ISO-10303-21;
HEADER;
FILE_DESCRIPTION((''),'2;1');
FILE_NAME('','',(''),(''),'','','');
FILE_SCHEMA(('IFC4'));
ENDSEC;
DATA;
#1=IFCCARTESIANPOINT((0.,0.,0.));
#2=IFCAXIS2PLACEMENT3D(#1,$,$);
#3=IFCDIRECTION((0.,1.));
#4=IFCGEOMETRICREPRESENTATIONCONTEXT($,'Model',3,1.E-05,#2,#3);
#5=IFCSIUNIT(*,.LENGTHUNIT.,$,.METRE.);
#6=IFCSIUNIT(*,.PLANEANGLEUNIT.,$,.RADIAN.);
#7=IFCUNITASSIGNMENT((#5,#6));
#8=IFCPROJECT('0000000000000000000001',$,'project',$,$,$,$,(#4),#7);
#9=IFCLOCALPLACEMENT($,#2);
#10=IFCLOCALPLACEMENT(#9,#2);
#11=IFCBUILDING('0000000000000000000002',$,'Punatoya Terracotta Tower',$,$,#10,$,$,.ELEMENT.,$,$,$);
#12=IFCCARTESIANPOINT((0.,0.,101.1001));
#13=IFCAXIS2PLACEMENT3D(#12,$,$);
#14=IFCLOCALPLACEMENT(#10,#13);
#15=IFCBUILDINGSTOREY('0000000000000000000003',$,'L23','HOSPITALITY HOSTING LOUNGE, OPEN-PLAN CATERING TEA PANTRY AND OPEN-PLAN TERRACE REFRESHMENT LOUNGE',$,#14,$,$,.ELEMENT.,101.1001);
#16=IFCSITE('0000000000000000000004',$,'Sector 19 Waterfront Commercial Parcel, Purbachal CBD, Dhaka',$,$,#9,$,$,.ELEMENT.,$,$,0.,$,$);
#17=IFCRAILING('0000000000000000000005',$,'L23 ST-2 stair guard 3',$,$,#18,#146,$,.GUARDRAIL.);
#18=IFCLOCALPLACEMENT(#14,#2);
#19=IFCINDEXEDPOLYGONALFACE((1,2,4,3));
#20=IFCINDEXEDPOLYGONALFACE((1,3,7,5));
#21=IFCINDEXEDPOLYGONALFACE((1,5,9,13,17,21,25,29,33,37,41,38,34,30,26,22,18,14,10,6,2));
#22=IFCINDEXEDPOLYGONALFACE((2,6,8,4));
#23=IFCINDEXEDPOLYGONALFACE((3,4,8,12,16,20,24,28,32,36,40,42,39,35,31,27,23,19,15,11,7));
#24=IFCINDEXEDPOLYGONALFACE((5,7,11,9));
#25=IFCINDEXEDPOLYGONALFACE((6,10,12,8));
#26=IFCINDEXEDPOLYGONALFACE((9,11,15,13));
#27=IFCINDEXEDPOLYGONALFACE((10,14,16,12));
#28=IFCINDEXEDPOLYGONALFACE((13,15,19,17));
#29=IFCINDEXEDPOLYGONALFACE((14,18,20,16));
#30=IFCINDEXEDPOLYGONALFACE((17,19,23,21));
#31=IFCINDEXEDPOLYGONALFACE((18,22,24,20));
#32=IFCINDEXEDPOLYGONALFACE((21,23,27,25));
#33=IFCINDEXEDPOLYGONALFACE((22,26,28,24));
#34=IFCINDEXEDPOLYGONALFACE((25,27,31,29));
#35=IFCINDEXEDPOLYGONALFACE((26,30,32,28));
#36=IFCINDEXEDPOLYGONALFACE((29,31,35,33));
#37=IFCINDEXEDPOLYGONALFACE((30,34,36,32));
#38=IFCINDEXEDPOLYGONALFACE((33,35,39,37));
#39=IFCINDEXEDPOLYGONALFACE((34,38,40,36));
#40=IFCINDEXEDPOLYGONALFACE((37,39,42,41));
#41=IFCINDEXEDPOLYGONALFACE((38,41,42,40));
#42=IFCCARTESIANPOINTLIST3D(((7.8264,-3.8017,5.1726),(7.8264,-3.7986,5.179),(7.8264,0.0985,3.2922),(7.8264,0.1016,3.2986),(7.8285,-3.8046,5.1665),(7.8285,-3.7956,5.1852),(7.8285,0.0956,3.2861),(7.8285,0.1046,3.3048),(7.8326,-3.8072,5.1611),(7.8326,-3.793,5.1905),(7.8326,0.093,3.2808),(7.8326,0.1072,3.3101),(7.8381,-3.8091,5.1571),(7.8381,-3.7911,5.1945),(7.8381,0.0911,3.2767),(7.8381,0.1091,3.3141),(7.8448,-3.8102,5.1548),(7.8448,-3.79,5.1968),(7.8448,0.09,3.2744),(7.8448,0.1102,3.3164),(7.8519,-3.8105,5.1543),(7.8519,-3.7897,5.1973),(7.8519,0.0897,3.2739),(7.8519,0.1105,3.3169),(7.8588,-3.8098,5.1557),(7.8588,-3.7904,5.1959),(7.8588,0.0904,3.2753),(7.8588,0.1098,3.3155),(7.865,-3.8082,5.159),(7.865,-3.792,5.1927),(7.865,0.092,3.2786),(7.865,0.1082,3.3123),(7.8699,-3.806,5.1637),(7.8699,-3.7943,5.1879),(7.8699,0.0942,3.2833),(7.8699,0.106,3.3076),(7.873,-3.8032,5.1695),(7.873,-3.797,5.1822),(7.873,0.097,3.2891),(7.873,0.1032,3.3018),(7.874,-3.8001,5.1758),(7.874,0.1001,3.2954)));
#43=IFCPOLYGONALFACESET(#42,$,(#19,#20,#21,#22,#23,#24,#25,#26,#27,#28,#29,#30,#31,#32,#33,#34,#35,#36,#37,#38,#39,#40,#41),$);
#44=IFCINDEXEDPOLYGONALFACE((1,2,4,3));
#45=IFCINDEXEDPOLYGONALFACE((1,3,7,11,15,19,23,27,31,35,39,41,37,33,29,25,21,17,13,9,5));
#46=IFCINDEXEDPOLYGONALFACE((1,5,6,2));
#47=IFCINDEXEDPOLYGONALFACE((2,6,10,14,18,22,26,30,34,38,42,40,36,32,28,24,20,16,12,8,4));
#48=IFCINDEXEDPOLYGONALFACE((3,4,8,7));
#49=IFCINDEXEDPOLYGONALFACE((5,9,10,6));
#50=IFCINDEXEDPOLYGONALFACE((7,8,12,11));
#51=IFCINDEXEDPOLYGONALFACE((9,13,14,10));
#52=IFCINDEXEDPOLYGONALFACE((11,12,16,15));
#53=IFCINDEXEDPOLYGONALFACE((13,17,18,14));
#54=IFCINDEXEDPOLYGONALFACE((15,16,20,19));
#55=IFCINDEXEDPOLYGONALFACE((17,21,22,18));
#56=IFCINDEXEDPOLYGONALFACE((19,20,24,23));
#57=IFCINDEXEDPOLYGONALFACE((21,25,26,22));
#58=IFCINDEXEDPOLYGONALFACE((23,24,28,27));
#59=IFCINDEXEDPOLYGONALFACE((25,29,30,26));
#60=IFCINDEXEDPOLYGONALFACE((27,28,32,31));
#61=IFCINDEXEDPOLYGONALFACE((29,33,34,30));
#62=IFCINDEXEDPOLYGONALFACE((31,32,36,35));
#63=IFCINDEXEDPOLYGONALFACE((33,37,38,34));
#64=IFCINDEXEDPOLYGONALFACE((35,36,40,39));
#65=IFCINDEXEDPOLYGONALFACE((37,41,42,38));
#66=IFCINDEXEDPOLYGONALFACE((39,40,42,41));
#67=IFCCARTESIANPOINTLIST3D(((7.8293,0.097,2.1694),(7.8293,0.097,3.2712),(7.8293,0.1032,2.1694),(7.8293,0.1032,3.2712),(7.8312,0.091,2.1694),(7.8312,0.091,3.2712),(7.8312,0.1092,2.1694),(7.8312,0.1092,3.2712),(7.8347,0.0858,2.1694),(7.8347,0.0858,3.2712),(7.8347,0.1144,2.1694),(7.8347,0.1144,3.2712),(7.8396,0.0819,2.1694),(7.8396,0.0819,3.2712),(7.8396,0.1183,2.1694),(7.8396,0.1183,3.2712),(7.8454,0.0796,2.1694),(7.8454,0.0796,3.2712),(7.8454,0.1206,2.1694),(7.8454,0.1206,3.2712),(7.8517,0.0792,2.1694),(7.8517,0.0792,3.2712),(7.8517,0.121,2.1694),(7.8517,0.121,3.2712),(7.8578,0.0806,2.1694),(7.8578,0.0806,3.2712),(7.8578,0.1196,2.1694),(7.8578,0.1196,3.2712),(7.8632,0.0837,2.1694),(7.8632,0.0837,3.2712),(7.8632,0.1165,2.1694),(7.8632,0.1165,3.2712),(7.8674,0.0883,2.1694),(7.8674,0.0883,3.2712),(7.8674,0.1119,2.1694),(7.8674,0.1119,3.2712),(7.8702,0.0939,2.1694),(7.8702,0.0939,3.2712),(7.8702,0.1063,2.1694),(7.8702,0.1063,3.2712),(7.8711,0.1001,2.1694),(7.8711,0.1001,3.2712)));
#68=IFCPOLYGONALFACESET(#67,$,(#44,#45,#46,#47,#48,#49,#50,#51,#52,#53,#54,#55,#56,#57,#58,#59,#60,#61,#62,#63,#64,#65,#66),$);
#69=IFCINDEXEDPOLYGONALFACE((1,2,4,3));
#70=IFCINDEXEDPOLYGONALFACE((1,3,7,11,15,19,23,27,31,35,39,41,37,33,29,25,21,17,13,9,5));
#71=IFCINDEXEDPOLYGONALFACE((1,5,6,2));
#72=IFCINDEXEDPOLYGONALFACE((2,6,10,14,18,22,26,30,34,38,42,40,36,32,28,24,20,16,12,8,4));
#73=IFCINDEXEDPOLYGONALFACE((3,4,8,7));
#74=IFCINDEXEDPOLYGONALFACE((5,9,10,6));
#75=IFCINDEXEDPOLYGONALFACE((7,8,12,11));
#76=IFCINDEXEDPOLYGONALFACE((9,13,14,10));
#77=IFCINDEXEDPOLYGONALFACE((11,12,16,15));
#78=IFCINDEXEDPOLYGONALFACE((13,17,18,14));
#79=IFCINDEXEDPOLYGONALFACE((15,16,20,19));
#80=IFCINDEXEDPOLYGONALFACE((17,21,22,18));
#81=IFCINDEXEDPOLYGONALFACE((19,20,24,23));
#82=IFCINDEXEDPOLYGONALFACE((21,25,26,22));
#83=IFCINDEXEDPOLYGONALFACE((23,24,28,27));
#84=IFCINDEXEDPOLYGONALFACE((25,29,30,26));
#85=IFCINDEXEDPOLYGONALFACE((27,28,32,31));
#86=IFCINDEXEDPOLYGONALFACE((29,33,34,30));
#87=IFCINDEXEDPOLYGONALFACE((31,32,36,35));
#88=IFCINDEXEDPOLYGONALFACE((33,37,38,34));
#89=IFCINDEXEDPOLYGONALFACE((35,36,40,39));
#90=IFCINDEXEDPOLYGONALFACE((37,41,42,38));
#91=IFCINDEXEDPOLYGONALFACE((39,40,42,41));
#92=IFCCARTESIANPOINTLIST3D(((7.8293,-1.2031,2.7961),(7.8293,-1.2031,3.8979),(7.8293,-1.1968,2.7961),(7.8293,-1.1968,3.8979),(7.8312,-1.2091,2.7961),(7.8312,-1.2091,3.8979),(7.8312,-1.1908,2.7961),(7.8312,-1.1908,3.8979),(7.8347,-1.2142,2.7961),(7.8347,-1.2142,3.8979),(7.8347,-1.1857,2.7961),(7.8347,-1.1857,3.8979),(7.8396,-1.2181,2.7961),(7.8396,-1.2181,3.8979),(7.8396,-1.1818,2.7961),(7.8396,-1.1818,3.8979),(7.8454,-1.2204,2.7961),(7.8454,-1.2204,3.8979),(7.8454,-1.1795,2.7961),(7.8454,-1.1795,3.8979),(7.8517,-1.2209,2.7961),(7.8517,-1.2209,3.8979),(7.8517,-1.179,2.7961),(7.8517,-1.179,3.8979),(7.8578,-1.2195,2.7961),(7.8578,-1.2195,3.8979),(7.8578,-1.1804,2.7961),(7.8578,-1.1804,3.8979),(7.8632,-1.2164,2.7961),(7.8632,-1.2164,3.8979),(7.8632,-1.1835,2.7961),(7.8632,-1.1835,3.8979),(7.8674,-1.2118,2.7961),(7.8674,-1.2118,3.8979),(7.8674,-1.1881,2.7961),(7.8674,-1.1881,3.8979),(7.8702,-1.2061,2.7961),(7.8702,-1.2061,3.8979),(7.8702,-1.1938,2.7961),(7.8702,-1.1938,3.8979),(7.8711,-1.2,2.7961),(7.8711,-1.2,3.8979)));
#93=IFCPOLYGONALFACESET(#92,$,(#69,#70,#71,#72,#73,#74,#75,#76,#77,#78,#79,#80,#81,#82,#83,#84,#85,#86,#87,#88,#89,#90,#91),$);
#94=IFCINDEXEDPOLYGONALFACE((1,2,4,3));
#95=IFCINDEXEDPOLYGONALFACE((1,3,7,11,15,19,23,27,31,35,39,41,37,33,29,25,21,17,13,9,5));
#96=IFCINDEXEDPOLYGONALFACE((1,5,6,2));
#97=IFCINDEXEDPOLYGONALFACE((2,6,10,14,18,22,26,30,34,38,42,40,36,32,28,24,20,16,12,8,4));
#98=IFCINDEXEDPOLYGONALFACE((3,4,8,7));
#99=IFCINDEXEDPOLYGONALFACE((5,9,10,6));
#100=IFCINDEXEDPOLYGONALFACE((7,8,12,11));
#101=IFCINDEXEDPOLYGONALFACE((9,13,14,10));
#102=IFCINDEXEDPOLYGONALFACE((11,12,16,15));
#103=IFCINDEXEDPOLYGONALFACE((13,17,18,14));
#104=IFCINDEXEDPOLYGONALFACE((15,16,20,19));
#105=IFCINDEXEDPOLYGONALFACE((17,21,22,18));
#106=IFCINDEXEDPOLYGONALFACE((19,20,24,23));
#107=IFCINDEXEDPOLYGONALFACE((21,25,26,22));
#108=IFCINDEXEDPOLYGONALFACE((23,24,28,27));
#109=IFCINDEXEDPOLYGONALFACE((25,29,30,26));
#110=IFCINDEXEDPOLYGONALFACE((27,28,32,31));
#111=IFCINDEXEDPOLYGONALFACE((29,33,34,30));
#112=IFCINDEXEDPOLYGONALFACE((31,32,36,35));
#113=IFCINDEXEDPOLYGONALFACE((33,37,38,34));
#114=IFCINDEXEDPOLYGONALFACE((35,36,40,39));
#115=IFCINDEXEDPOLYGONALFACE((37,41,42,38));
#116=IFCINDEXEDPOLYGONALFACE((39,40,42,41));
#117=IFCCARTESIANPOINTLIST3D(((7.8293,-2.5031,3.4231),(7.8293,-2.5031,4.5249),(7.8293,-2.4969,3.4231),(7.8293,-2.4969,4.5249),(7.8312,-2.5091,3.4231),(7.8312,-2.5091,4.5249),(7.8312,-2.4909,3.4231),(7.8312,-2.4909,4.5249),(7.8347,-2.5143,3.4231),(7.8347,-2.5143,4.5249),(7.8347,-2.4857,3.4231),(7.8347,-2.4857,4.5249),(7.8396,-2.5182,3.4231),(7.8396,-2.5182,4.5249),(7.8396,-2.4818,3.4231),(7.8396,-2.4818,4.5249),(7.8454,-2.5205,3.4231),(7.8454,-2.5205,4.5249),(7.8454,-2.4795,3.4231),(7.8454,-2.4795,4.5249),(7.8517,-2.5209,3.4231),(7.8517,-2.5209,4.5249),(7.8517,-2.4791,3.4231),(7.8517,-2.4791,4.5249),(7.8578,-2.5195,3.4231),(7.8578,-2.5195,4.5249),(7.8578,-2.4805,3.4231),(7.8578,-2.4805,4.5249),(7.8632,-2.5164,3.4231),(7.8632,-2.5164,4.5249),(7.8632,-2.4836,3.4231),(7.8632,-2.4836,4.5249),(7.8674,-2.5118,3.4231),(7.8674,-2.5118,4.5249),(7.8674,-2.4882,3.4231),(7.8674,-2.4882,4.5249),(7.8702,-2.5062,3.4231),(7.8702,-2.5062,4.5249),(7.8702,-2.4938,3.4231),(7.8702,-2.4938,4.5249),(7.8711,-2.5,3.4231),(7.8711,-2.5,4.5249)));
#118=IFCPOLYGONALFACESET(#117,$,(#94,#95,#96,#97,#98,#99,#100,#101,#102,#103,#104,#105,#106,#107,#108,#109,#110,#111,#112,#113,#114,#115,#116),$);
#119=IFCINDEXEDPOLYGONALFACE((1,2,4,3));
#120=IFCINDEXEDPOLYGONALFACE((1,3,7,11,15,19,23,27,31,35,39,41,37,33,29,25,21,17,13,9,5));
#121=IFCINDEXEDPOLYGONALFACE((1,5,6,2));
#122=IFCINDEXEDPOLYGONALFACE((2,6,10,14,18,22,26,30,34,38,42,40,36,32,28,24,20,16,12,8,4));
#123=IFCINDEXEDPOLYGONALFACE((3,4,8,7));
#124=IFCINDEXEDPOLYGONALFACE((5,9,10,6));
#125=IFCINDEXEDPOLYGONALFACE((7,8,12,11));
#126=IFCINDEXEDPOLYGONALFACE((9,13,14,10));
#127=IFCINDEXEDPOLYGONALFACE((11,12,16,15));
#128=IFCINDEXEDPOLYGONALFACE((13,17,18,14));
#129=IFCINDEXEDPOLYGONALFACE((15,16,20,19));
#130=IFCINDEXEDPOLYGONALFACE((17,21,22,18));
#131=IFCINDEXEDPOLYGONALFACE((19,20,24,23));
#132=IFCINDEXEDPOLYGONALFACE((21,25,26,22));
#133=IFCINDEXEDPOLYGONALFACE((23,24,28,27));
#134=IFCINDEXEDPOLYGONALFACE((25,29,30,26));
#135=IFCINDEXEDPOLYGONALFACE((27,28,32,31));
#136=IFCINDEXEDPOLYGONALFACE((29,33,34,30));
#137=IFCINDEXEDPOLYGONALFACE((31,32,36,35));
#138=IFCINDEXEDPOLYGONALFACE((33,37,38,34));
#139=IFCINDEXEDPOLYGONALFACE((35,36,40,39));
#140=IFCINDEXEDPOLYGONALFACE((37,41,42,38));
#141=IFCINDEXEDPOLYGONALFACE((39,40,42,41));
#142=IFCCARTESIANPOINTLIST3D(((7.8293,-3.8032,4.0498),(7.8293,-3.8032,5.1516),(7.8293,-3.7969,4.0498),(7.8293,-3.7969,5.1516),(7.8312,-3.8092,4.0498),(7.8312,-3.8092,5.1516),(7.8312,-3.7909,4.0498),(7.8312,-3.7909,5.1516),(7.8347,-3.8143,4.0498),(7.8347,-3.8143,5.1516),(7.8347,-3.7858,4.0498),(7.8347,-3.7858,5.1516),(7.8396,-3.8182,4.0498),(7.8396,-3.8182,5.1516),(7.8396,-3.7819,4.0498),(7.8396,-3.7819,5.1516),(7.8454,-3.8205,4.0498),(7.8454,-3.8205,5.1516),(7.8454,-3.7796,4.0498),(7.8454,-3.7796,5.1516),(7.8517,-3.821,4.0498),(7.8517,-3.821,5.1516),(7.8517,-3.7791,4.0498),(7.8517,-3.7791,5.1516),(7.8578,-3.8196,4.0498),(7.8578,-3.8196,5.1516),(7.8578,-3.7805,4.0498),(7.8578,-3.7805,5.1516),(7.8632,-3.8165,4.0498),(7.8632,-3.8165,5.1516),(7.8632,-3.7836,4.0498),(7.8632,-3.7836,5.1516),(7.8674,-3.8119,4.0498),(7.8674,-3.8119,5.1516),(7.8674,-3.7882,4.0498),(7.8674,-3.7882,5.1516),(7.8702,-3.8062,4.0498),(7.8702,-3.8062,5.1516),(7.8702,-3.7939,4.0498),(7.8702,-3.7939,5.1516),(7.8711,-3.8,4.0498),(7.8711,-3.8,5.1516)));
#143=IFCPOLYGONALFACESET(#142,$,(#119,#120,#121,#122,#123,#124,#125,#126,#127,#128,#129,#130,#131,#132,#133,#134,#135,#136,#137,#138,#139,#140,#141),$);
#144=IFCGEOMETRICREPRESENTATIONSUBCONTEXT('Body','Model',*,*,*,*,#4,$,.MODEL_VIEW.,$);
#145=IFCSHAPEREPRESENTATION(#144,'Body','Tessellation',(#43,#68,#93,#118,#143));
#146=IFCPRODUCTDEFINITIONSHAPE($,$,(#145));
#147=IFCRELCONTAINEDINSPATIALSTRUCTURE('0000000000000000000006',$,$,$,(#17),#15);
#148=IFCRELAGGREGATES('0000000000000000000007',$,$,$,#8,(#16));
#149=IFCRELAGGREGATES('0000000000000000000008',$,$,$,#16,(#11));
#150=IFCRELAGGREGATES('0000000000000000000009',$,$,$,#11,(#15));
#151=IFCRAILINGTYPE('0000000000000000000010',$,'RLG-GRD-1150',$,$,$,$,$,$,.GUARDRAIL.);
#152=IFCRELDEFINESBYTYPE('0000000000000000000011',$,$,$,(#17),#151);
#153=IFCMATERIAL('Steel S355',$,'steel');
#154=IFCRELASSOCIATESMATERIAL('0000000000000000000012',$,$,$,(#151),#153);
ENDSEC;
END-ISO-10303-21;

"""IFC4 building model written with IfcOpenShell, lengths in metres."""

from ifc_helpers import new_model, si_unit, direction, frame, origin, origin_2d, place, context, subcontext, project, spatial, circle, extrude, material, type_object, element, save


model = new_model("IFC4")

# Units and contexts
model_context = context("Model", 3, precision=1e-05, world=origin(), true_north=direction((0.0, 1.0)))
body_context = subcontext(model_context, "Body", "Model", "MODEL_VIEW")
ifc_project = project(units=[si_unit("LENGTHUNIT", "METRE"), si_unit("PLANEANGLEUNIT", "RADIAN")], contexts=[model_context])

# Site, building, storey
site_placement = place(None, origin())
site = spatial("IfcSite", under=ifc_project, at=site_placement, Name="Sector 19 Waterfront Commercial Parcel, Purbachal CBD, Dhaka", CompositionType="ELEMENT", RefElevation=0.0)
building_placement = place(site_placement, origin())
building = spatial("IfcBuilding", under=site, at=building_placement, Name="Punatoya Terracotta Tower", CompositionType="ELEMENT")
storey_placement = place(building_placement, frame((0.0, 0.0, 101.1001)))
storey = spatial("IfcBuildingStorey", under=building, at=storey_placement, Name="L23", Description="HOSPITALITY HOSTING LOUNGE, OPEN-PLAN CATERING TEA PANTRY AND OPEN-PLAN TERRACE REFRESHMENT LOUNGE", CompositionType="ELEMENT", Elevation=101.1001)

# Shared definitions
ifc_material_1 = material(Name="Steel S355", Category="steel")

# Railing
railing_type_1 = type_object("IfcRailingType", Name="RLG-GRD-1150", PredefinedType="GUARDRAIL", material=ifc_material_1)
railing_1_placement = place(storey_placement, frame((7.8501, 0.1001, 2.1694)))
element("IfcRailing", 1, at=railing_1_placement, inside=storey, type_object=railing_type_1, Name="L23 ST-2 stair guard 3", PredefinedType="GUARDRAIL", context=body_context, shape_type="SweptSolid", body=[
    extrude(circle(Radius=0.0239, at=origin_2d()), frame((0.0, 0.0, 1.126), z_axis=(0.0, -0.900774, 0.434289), x_axis=(1.0, 0.0, 0.0)), (0.0, 0.0, 1.0), 4.3298),
    extrude(circle(Radius=0.021, at=origin_2d()), origin(), (0.0, 0.0, 1.0), 1.1018),
    extrude(circle(Radius=0.021, at=origin_2d()), frame((0.0, -1.3, 0.6267)), (0.0, 0.0, 1.0), 1.1018),
    extrude(circle(Radius=0.021, at=origin_2d()), frame((0.0, -2.6001, 1.2537)), (0.0, 0.0, 1.0), 1.1018),
    extrude(circle(Radius=0.021, at=origin_2d()), frame((0.0, -3.9001, 1.8804)), (0.0, 0.0, 1.0), 1.1018),
])

save(model, "model.ifc")
